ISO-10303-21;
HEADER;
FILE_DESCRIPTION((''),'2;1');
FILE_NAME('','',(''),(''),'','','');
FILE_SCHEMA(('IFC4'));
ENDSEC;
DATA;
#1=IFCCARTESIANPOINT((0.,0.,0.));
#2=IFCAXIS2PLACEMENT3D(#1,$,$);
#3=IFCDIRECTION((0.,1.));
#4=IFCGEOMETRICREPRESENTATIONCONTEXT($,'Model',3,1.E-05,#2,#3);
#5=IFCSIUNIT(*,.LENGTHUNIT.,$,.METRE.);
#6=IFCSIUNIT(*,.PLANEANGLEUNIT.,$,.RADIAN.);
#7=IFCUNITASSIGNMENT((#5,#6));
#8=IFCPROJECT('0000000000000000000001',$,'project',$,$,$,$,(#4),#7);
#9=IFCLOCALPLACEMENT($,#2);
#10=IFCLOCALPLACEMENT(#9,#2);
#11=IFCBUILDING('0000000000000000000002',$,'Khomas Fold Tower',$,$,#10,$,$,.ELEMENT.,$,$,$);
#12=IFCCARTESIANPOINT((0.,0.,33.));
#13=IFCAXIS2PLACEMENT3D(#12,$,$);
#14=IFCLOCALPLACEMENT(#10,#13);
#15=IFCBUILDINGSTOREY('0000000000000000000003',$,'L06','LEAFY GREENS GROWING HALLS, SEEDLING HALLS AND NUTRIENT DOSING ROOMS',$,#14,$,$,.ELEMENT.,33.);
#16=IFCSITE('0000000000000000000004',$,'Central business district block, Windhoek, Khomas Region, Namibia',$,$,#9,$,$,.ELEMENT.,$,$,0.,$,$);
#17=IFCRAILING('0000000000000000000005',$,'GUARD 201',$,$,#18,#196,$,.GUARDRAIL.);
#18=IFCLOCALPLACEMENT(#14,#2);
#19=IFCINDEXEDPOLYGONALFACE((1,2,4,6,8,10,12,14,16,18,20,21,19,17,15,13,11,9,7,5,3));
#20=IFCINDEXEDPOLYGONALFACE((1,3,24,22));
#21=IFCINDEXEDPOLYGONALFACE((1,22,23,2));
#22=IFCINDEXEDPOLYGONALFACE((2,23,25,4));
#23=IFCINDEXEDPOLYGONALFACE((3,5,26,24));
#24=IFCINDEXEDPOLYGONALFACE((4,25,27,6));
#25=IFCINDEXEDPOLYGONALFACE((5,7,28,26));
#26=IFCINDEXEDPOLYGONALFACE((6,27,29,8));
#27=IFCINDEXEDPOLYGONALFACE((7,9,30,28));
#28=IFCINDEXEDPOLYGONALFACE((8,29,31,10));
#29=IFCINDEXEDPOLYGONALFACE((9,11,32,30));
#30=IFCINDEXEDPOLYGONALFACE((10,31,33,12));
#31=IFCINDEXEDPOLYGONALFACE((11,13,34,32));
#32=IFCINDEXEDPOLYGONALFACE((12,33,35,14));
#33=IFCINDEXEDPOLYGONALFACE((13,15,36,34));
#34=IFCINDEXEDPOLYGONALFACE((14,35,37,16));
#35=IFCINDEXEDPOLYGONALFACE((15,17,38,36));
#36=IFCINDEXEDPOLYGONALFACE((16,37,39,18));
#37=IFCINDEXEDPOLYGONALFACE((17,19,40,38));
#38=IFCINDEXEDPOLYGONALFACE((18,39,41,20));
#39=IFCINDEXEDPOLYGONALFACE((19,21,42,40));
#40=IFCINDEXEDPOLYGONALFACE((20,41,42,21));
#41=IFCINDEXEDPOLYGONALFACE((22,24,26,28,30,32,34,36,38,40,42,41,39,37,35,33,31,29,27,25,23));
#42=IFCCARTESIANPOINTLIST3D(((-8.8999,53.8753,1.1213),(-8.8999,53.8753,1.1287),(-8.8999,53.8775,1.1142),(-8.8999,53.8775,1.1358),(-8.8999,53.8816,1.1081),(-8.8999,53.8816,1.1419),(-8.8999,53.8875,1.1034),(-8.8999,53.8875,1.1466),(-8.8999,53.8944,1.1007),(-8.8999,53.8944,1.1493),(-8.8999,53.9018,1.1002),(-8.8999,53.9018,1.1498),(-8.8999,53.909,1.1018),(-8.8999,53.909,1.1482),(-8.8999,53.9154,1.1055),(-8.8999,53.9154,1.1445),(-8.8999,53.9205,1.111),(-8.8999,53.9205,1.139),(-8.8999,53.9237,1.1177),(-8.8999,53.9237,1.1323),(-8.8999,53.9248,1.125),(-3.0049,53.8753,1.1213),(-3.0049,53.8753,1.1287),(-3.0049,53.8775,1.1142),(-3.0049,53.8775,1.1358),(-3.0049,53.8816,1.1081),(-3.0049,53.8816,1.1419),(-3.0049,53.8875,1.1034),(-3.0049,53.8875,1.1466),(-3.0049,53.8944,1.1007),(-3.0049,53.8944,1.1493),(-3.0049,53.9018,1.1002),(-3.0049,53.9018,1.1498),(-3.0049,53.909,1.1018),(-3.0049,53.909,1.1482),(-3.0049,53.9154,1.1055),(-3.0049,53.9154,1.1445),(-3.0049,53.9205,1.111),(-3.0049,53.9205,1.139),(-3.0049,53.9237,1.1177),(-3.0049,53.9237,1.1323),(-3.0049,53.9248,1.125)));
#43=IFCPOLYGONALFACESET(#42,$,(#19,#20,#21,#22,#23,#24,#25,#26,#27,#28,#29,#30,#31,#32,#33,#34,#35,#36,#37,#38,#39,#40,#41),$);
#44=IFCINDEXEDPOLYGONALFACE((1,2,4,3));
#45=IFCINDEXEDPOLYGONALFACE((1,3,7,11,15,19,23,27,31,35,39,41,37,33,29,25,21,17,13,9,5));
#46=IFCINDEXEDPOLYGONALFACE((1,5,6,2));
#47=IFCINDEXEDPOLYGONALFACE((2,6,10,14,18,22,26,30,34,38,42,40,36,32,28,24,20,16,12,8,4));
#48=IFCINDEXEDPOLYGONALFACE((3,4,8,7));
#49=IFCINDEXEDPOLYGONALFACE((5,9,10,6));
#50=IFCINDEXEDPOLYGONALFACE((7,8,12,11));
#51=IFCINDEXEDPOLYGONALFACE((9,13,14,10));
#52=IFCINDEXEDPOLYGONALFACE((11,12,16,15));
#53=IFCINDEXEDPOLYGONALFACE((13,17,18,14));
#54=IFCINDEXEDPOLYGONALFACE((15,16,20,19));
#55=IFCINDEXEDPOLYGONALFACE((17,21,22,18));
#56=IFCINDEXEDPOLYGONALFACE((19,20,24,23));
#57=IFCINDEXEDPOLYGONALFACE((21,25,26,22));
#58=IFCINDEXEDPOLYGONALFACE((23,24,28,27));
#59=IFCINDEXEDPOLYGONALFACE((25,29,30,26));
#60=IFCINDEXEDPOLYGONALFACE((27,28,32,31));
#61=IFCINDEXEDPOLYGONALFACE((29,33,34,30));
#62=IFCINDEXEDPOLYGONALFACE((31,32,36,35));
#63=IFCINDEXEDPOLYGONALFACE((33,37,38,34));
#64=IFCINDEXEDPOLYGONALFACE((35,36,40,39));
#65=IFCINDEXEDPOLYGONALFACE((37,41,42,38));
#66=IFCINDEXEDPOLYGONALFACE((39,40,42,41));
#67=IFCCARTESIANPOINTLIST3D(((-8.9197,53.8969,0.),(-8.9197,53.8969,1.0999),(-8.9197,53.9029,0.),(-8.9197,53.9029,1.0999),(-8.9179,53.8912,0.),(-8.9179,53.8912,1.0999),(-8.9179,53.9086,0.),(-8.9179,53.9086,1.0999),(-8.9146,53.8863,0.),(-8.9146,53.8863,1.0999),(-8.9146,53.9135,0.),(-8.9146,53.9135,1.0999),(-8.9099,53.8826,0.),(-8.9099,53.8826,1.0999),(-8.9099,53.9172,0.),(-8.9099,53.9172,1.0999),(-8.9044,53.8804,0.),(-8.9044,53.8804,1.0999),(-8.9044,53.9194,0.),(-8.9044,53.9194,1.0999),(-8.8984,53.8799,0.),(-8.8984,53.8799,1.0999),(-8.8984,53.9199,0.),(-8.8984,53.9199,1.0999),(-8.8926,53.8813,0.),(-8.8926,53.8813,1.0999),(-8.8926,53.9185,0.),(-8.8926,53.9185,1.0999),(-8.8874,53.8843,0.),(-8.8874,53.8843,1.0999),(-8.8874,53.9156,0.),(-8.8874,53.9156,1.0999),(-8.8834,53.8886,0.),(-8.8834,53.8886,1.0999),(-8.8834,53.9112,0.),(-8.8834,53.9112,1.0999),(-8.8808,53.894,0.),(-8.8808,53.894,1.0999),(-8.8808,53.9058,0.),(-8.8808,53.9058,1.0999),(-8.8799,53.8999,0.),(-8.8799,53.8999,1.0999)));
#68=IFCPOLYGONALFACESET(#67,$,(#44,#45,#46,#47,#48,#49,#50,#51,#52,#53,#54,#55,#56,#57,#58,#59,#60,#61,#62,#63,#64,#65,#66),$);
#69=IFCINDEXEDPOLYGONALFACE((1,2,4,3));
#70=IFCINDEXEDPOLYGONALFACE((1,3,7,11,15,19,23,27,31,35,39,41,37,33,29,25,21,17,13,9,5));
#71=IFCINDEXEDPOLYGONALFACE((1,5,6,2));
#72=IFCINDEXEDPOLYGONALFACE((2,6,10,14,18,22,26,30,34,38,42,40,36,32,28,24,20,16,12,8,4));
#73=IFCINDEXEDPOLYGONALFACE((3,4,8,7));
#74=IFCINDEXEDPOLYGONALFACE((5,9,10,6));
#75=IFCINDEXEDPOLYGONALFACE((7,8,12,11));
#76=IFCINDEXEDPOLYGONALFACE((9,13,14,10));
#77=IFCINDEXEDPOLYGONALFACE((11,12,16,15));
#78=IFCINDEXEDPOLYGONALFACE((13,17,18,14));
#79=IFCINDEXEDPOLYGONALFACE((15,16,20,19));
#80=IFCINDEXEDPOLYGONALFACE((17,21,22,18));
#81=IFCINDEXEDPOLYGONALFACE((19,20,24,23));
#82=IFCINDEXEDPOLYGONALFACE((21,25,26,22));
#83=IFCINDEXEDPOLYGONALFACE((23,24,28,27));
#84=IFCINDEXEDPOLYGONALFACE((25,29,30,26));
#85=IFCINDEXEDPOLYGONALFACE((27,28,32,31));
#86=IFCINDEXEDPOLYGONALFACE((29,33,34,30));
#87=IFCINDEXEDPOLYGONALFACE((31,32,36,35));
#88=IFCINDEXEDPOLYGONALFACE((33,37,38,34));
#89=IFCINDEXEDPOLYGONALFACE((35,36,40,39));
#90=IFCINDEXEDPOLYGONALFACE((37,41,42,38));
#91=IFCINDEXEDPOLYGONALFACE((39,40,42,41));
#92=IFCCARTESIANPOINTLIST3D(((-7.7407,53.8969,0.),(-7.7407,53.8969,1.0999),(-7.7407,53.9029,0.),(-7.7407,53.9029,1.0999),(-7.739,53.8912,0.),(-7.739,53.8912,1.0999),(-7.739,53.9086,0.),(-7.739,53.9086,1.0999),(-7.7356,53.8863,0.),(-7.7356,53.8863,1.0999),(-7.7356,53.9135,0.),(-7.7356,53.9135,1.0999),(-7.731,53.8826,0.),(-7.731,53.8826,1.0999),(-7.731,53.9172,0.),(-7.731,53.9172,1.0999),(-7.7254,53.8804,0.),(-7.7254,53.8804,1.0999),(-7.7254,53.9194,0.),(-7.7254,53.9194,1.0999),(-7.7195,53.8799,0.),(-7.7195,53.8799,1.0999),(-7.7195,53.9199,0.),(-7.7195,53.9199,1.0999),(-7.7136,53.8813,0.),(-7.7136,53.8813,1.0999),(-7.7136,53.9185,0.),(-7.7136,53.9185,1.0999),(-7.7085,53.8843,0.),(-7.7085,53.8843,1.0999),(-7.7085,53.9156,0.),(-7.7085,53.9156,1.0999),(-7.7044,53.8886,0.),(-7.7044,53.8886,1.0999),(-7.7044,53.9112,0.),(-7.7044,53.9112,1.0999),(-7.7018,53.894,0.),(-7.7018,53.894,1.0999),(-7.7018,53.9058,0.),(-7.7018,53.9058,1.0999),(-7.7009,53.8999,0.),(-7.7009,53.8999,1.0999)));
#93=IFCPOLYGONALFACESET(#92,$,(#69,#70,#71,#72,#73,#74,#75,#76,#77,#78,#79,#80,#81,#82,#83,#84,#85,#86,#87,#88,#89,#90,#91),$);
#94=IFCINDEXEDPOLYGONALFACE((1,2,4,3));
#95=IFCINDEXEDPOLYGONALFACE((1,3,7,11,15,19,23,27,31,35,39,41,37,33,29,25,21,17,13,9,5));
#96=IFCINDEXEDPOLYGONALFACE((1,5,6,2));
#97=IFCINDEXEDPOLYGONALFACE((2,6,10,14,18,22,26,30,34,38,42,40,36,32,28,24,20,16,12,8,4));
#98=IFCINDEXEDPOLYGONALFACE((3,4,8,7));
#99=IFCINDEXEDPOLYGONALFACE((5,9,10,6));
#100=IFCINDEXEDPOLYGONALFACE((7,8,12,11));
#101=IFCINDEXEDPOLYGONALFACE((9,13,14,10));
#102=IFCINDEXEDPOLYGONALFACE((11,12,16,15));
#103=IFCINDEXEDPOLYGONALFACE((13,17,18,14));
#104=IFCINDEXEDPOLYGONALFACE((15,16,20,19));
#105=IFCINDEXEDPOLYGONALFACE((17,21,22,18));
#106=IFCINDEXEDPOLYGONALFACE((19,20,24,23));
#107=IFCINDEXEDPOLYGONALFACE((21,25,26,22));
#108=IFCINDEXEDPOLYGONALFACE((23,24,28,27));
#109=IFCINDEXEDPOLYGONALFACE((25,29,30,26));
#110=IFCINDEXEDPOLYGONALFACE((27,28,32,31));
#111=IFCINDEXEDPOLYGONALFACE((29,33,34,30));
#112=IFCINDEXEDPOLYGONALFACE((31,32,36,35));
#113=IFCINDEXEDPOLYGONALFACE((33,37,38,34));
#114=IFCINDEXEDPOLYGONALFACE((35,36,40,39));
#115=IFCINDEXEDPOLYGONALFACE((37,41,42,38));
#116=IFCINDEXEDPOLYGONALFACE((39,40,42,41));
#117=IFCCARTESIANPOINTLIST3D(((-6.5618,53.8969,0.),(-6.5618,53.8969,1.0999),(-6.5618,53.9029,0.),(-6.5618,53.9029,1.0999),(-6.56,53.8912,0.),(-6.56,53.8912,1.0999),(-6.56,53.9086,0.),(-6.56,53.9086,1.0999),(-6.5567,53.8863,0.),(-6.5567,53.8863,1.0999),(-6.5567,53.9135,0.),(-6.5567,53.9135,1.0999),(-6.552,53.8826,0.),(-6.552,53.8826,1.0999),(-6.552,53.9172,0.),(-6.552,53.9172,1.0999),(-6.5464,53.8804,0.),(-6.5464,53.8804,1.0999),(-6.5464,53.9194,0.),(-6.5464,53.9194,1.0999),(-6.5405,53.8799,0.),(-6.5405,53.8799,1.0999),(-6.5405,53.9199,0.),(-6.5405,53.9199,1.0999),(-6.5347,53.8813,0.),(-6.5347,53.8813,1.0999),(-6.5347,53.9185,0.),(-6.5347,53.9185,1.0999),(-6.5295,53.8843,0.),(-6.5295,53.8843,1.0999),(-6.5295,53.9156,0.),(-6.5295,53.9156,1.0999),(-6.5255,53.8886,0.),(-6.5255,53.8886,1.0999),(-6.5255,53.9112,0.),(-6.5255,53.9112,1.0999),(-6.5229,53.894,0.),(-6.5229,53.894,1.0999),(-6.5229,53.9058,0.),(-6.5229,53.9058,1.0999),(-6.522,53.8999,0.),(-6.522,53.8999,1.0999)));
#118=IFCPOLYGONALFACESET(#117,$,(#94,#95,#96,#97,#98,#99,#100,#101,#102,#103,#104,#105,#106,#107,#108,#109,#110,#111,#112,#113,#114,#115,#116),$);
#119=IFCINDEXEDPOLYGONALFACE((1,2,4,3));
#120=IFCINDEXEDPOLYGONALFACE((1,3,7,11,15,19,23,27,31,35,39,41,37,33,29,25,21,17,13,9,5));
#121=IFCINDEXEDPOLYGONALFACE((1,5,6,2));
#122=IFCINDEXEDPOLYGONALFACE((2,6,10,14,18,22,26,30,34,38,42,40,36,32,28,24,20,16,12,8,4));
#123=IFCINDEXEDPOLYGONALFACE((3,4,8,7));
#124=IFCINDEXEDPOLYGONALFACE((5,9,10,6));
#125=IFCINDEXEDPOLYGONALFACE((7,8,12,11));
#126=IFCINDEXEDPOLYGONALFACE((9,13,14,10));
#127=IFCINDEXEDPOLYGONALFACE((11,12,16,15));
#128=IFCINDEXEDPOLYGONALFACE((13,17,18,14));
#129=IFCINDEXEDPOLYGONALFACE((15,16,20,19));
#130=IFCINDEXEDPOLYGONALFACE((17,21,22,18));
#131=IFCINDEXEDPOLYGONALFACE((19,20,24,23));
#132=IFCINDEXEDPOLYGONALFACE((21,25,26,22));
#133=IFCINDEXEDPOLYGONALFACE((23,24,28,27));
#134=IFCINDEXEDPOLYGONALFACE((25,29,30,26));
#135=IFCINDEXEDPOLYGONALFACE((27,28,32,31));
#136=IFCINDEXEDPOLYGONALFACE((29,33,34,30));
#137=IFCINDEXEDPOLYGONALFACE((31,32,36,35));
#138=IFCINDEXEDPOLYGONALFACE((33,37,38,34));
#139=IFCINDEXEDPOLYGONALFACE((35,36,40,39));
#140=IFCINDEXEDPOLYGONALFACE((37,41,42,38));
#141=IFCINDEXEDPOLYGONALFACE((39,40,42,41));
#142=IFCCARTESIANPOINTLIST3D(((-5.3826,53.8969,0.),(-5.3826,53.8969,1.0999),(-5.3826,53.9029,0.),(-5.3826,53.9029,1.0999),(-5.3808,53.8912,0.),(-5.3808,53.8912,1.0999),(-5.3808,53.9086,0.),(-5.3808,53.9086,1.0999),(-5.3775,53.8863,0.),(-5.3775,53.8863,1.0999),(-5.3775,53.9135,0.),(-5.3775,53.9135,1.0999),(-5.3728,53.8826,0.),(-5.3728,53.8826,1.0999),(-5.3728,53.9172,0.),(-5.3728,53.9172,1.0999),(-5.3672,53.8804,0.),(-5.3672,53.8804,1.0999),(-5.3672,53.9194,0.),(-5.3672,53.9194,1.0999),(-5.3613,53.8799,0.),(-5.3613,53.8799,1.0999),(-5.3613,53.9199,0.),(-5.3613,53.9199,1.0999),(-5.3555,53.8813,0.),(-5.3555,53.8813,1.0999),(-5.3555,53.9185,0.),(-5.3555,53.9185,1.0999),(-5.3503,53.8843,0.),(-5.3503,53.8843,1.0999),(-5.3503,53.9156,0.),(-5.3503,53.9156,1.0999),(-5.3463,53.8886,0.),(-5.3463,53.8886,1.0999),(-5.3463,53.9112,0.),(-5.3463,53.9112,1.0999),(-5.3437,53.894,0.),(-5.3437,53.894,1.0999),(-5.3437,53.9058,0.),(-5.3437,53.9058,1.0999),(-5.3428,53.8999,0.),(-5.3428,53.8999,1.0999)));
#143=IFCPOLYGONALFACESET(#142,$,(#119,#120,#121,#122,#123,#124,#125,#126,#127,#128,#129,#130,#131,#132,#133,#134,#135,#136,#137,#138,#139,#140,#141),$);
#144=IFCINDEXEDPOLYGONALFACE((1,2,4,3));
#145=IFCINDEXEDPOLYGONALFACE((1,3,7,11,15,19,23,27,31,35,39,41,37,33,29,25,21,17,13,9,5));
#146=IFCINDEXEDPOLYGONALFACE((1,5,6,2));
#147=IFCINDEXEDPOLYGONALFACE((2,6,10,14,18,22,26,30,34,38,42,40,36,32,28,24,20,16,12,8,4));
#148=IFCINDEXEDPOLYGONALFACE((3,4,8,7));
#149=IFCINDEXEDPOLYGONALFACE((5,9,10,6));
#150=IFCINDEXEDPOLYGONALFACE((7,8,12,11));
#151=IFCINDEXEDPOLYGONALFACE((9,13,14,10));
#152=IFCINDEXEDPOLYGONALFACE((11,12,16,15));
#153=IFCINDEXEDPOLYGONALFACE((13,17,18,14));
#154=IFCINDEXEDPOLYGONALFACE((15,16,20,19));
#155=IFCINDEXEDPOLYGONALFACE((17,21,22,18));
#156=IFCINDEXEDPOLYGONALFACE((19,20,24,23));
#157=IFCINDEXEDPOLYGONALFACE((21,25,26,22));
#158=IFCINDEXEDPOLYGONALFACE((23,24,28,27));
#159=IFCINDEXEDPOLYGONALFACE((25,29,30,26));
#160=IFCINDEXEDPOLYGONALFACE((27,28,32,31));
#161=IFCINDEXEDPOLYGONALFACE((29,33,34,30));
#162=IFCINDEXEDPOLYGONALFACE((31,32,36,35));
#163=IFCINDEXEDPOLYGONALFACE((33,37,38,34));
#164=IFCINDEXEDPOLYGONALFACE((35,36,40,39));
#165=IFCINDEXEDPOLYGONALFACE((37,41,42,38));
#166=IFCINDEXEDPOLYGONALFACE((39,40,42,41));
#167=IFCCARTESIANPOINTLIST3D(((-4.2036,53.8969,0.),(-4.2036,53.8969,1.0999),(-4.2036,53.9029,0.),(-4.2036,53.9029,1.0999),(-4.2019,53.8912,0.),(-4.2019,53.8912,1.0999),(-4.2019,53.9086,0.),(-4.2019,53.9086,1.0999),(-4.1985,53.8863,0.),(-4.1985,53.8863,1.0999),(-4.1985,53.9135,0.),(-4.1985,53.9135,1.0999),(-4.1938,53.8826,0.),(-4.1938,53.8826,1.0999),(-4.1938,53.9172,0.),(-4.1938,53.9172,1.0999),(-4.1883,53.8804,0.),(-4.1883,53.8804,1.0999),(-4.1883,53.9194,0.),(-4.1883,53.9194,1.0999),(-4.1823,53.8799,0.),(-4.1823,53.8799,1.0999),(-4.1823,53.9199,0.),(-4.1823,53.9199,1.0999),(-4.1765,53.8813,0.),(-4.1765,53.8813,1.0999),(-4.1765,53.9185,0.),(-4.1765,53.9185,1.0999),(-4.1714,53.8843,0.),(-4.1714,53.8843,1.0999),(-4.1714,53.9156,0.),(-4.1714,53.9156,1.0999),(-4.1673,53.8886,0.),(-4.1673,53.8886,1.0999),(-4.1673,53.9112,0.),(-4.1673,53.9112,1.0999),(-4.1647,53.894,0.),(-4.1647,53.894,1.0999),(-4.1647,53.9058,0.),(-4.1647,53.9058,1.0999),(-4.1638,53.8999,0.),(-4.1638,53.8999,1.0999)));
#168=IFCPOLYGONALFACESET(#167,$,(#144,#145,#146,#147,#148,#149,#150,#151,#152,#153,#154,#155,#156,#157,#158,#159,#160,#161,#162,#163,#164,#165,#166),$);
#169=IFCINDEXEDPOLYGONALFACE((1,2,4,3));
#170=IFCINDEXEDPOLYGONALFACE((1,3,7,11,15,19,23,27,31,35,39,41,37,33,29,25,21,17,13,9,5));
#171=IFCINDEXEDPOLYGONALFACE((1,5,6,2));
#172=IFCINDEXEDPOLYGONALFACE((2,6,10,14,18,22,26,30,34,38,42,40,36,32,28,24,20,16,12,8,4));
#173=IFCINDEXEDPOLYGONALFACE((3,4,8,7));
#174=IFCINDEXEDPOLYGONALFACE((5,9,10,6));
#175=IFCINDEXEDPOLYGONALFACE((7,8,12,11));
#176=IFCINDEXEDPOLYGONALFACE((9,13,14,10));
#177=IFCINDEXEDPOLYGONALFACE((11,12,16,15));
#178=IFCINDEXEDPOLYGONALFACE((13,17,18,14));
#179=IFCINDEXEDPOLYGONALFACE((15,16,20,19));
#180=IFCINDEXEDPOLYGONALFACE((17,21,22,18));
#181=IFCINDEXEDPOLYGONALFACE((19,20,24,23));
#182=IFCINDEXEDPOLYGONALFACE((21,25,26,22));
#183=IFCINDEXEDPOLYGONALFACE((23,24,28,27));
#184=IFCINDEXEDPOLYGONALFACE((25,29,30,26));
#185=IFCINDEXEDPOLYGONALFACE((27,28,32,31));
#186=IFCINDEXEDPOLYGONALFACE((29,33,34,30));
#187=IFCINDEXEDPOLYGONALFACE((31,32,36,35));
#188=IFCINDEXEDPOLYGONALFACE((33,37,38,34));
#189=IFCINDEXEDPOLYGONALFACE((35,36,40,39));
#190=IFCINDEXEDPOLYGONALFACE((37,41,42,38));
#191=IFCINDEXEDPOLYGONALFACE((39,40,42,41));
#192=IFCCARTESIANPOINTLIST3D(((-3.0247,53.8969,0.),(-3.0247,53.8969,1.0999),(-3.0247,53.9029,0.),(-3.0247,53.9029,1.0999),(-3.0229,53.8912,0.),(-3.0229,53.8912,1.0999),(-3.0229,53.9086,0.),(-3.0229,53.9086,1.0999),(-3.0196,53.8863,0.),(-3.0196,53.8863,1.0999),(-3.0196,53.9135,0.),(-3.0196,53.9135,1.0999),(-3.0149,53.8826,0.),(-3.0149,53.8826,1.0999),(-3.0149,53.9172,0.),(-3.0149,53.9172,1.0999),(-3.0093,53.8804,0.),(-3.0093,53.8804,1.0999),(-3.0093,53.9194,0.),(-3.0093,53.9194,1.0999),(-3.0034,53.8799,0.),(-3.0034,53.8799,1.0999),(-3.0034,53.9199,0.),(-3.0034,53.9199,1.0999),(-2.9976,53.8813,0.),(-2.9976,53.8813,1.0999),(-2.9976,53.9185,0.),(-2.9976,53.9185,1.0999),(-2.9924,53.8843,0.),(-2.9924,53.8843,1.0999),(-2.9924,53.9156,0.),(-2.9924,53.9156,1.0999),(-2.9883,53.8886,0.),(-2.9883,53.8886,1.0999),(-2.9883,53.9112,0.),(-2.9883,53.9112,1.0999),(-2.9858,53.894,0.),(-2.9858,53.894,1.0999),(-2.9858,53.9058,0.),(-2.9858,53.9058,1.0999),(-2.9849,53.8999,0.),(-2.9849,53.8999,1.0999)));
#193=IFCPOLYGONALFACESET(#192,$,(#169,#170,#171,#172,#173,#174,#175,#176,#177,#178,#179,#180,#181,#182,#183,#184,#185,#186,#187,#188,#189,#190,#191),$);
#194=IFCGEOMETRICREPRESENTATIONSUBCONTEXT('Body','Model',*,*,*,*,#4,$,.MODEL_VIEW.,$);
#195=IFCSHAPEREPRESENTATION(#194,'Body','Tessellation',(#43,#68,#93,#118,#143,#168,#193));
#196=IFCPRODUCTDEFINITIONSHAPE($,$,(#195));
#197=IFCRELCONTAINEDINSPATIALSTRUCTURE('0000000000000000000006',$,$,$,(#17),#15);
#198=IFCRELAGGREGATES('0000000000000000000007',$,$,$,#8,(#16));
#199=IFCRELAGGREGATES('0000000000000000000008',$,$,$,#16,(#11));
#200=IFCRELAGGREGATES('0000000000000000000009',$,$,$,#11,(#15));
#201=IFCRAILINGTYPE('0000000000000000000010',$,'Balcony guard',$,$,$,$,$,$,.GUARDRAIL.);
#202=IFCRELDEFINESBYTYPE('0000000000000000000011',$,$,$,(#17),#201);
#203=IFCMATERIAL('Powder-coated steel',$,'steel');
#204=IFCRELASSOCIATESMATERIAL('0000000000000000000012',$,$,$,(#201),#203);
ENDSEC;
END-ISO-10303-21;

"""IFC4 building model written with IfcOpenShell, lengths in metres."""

from ifc_helpers import new_model, si_unit, direction, frame, origin, origin_2d, place, context, subcontext, project, spatial, circle, extrude, source, transform, mapped, material, type_object, element, save


model = new_model("IFC4")

# Units and contexts
model_context = context("Model", 3, precision=1e-05, world=origin(), true_north=direction((0.0, 1.0)))
body_context = subcontext(model_context, "Body", "Model", "MODEL_VIEW")
ifc_project = project(units=[si_unit("LENGTHUNIT", "METRE"), si_unit("PLANEANGLEUNIT", "RADIAN")], contexts=[model_context])

# Site, building, storey
site_placement = place(None, origin())
site = spatial("IfcSite", under=ifc_project, at=site_placement, Name="Central business district block, Windhoek, Khomas Region, Namibia", CompositionType="ELEMENT", RefElevation=0.0)
building_placement = place(site_placement, origin())
building = spatial("IfcBuilding", under=site, at=building_placement, Name="Khomas Fold Tower", CompositionType="ELEMENT")
storey_placement = place(building_placement, frame((0.0, 0.0, 33.0)))
storey = spatial("IfcBuildingStorey", under=building, at=storey_placement, Name="L06", Description="LEAFY GREENS GROWING HALLS, SEEDLING HALLS AND NUTRIENT DOSING ROOMS", CompositionType="ELEMENT", Elevation=33.0)

# Railing
ifc_material_1 = material(Name="Powder-coated steel", Category="steel")
railing_type_1 = type_object("IfcRailingType", Name="Balcony guard", PredefinedType="GUARDRAIL", material=ifc_material_1)
shared_shape_1 = source(origin(), body_context, "Body", "SweptSolid", [
    extrude(circle(Radius=0.0249, at=origin_2d()), frame((0.0, 0.0, 1.125), z_axis=(1.0, 0.0, 0.0), x_axis=(0.0, 1.0, 0.0)), (0.0, 0.0, 1.0), 5.895),
    extrude(circle(Radius=0.02, at=origin_2d()), origin(), (0.0, 0.0, 1.0), 1.0999),
    extrude(circle(Radius=0.02, at=origin_2d()), frame((1.179, 0.0, 0.0)), (0.0, 0.0, 1.0), 1.0999),
    extrude(circle(Radius=0.02, at=origin_2d()), frame((2.3579, 0.0, 0.0)), (0.0, 0.0, 1.0), 1.0999),
    extrude(circle(Radius=0.02, at=origin_2d()), frame((3.5371, 0.0, 0.0)), (0.0, 0.0, 1.0), 1.0999),
    extrude(circle(Radius=0.02, at=origin_2d()), frame((4.7161, 0.0, 0.0)), (0.0, 0.0, 1.0), 1.0999),
    extrude(circle(Radius=0.02, at=origin_2d()), frame((5.895, 0.0, 0.0)), (0.0, 0.0, 1.0), 1.0999),
])
railing_1_placement = place(storey_placement, frame((-8.8999, 53.8999, 0.0)))
element("IfcRailing", 1, at=railing_1_placement, inside=storey, type_object=railing_type_1, Name="GUARD 201", PredefinedType="GUARDRAIL", context=body_context, shape_type="MappedRepresentation", body=[
    mapped(shared_shape_1, transform((0.0, 0.0, 0.0))),
])

save(model, "model.ifc")
